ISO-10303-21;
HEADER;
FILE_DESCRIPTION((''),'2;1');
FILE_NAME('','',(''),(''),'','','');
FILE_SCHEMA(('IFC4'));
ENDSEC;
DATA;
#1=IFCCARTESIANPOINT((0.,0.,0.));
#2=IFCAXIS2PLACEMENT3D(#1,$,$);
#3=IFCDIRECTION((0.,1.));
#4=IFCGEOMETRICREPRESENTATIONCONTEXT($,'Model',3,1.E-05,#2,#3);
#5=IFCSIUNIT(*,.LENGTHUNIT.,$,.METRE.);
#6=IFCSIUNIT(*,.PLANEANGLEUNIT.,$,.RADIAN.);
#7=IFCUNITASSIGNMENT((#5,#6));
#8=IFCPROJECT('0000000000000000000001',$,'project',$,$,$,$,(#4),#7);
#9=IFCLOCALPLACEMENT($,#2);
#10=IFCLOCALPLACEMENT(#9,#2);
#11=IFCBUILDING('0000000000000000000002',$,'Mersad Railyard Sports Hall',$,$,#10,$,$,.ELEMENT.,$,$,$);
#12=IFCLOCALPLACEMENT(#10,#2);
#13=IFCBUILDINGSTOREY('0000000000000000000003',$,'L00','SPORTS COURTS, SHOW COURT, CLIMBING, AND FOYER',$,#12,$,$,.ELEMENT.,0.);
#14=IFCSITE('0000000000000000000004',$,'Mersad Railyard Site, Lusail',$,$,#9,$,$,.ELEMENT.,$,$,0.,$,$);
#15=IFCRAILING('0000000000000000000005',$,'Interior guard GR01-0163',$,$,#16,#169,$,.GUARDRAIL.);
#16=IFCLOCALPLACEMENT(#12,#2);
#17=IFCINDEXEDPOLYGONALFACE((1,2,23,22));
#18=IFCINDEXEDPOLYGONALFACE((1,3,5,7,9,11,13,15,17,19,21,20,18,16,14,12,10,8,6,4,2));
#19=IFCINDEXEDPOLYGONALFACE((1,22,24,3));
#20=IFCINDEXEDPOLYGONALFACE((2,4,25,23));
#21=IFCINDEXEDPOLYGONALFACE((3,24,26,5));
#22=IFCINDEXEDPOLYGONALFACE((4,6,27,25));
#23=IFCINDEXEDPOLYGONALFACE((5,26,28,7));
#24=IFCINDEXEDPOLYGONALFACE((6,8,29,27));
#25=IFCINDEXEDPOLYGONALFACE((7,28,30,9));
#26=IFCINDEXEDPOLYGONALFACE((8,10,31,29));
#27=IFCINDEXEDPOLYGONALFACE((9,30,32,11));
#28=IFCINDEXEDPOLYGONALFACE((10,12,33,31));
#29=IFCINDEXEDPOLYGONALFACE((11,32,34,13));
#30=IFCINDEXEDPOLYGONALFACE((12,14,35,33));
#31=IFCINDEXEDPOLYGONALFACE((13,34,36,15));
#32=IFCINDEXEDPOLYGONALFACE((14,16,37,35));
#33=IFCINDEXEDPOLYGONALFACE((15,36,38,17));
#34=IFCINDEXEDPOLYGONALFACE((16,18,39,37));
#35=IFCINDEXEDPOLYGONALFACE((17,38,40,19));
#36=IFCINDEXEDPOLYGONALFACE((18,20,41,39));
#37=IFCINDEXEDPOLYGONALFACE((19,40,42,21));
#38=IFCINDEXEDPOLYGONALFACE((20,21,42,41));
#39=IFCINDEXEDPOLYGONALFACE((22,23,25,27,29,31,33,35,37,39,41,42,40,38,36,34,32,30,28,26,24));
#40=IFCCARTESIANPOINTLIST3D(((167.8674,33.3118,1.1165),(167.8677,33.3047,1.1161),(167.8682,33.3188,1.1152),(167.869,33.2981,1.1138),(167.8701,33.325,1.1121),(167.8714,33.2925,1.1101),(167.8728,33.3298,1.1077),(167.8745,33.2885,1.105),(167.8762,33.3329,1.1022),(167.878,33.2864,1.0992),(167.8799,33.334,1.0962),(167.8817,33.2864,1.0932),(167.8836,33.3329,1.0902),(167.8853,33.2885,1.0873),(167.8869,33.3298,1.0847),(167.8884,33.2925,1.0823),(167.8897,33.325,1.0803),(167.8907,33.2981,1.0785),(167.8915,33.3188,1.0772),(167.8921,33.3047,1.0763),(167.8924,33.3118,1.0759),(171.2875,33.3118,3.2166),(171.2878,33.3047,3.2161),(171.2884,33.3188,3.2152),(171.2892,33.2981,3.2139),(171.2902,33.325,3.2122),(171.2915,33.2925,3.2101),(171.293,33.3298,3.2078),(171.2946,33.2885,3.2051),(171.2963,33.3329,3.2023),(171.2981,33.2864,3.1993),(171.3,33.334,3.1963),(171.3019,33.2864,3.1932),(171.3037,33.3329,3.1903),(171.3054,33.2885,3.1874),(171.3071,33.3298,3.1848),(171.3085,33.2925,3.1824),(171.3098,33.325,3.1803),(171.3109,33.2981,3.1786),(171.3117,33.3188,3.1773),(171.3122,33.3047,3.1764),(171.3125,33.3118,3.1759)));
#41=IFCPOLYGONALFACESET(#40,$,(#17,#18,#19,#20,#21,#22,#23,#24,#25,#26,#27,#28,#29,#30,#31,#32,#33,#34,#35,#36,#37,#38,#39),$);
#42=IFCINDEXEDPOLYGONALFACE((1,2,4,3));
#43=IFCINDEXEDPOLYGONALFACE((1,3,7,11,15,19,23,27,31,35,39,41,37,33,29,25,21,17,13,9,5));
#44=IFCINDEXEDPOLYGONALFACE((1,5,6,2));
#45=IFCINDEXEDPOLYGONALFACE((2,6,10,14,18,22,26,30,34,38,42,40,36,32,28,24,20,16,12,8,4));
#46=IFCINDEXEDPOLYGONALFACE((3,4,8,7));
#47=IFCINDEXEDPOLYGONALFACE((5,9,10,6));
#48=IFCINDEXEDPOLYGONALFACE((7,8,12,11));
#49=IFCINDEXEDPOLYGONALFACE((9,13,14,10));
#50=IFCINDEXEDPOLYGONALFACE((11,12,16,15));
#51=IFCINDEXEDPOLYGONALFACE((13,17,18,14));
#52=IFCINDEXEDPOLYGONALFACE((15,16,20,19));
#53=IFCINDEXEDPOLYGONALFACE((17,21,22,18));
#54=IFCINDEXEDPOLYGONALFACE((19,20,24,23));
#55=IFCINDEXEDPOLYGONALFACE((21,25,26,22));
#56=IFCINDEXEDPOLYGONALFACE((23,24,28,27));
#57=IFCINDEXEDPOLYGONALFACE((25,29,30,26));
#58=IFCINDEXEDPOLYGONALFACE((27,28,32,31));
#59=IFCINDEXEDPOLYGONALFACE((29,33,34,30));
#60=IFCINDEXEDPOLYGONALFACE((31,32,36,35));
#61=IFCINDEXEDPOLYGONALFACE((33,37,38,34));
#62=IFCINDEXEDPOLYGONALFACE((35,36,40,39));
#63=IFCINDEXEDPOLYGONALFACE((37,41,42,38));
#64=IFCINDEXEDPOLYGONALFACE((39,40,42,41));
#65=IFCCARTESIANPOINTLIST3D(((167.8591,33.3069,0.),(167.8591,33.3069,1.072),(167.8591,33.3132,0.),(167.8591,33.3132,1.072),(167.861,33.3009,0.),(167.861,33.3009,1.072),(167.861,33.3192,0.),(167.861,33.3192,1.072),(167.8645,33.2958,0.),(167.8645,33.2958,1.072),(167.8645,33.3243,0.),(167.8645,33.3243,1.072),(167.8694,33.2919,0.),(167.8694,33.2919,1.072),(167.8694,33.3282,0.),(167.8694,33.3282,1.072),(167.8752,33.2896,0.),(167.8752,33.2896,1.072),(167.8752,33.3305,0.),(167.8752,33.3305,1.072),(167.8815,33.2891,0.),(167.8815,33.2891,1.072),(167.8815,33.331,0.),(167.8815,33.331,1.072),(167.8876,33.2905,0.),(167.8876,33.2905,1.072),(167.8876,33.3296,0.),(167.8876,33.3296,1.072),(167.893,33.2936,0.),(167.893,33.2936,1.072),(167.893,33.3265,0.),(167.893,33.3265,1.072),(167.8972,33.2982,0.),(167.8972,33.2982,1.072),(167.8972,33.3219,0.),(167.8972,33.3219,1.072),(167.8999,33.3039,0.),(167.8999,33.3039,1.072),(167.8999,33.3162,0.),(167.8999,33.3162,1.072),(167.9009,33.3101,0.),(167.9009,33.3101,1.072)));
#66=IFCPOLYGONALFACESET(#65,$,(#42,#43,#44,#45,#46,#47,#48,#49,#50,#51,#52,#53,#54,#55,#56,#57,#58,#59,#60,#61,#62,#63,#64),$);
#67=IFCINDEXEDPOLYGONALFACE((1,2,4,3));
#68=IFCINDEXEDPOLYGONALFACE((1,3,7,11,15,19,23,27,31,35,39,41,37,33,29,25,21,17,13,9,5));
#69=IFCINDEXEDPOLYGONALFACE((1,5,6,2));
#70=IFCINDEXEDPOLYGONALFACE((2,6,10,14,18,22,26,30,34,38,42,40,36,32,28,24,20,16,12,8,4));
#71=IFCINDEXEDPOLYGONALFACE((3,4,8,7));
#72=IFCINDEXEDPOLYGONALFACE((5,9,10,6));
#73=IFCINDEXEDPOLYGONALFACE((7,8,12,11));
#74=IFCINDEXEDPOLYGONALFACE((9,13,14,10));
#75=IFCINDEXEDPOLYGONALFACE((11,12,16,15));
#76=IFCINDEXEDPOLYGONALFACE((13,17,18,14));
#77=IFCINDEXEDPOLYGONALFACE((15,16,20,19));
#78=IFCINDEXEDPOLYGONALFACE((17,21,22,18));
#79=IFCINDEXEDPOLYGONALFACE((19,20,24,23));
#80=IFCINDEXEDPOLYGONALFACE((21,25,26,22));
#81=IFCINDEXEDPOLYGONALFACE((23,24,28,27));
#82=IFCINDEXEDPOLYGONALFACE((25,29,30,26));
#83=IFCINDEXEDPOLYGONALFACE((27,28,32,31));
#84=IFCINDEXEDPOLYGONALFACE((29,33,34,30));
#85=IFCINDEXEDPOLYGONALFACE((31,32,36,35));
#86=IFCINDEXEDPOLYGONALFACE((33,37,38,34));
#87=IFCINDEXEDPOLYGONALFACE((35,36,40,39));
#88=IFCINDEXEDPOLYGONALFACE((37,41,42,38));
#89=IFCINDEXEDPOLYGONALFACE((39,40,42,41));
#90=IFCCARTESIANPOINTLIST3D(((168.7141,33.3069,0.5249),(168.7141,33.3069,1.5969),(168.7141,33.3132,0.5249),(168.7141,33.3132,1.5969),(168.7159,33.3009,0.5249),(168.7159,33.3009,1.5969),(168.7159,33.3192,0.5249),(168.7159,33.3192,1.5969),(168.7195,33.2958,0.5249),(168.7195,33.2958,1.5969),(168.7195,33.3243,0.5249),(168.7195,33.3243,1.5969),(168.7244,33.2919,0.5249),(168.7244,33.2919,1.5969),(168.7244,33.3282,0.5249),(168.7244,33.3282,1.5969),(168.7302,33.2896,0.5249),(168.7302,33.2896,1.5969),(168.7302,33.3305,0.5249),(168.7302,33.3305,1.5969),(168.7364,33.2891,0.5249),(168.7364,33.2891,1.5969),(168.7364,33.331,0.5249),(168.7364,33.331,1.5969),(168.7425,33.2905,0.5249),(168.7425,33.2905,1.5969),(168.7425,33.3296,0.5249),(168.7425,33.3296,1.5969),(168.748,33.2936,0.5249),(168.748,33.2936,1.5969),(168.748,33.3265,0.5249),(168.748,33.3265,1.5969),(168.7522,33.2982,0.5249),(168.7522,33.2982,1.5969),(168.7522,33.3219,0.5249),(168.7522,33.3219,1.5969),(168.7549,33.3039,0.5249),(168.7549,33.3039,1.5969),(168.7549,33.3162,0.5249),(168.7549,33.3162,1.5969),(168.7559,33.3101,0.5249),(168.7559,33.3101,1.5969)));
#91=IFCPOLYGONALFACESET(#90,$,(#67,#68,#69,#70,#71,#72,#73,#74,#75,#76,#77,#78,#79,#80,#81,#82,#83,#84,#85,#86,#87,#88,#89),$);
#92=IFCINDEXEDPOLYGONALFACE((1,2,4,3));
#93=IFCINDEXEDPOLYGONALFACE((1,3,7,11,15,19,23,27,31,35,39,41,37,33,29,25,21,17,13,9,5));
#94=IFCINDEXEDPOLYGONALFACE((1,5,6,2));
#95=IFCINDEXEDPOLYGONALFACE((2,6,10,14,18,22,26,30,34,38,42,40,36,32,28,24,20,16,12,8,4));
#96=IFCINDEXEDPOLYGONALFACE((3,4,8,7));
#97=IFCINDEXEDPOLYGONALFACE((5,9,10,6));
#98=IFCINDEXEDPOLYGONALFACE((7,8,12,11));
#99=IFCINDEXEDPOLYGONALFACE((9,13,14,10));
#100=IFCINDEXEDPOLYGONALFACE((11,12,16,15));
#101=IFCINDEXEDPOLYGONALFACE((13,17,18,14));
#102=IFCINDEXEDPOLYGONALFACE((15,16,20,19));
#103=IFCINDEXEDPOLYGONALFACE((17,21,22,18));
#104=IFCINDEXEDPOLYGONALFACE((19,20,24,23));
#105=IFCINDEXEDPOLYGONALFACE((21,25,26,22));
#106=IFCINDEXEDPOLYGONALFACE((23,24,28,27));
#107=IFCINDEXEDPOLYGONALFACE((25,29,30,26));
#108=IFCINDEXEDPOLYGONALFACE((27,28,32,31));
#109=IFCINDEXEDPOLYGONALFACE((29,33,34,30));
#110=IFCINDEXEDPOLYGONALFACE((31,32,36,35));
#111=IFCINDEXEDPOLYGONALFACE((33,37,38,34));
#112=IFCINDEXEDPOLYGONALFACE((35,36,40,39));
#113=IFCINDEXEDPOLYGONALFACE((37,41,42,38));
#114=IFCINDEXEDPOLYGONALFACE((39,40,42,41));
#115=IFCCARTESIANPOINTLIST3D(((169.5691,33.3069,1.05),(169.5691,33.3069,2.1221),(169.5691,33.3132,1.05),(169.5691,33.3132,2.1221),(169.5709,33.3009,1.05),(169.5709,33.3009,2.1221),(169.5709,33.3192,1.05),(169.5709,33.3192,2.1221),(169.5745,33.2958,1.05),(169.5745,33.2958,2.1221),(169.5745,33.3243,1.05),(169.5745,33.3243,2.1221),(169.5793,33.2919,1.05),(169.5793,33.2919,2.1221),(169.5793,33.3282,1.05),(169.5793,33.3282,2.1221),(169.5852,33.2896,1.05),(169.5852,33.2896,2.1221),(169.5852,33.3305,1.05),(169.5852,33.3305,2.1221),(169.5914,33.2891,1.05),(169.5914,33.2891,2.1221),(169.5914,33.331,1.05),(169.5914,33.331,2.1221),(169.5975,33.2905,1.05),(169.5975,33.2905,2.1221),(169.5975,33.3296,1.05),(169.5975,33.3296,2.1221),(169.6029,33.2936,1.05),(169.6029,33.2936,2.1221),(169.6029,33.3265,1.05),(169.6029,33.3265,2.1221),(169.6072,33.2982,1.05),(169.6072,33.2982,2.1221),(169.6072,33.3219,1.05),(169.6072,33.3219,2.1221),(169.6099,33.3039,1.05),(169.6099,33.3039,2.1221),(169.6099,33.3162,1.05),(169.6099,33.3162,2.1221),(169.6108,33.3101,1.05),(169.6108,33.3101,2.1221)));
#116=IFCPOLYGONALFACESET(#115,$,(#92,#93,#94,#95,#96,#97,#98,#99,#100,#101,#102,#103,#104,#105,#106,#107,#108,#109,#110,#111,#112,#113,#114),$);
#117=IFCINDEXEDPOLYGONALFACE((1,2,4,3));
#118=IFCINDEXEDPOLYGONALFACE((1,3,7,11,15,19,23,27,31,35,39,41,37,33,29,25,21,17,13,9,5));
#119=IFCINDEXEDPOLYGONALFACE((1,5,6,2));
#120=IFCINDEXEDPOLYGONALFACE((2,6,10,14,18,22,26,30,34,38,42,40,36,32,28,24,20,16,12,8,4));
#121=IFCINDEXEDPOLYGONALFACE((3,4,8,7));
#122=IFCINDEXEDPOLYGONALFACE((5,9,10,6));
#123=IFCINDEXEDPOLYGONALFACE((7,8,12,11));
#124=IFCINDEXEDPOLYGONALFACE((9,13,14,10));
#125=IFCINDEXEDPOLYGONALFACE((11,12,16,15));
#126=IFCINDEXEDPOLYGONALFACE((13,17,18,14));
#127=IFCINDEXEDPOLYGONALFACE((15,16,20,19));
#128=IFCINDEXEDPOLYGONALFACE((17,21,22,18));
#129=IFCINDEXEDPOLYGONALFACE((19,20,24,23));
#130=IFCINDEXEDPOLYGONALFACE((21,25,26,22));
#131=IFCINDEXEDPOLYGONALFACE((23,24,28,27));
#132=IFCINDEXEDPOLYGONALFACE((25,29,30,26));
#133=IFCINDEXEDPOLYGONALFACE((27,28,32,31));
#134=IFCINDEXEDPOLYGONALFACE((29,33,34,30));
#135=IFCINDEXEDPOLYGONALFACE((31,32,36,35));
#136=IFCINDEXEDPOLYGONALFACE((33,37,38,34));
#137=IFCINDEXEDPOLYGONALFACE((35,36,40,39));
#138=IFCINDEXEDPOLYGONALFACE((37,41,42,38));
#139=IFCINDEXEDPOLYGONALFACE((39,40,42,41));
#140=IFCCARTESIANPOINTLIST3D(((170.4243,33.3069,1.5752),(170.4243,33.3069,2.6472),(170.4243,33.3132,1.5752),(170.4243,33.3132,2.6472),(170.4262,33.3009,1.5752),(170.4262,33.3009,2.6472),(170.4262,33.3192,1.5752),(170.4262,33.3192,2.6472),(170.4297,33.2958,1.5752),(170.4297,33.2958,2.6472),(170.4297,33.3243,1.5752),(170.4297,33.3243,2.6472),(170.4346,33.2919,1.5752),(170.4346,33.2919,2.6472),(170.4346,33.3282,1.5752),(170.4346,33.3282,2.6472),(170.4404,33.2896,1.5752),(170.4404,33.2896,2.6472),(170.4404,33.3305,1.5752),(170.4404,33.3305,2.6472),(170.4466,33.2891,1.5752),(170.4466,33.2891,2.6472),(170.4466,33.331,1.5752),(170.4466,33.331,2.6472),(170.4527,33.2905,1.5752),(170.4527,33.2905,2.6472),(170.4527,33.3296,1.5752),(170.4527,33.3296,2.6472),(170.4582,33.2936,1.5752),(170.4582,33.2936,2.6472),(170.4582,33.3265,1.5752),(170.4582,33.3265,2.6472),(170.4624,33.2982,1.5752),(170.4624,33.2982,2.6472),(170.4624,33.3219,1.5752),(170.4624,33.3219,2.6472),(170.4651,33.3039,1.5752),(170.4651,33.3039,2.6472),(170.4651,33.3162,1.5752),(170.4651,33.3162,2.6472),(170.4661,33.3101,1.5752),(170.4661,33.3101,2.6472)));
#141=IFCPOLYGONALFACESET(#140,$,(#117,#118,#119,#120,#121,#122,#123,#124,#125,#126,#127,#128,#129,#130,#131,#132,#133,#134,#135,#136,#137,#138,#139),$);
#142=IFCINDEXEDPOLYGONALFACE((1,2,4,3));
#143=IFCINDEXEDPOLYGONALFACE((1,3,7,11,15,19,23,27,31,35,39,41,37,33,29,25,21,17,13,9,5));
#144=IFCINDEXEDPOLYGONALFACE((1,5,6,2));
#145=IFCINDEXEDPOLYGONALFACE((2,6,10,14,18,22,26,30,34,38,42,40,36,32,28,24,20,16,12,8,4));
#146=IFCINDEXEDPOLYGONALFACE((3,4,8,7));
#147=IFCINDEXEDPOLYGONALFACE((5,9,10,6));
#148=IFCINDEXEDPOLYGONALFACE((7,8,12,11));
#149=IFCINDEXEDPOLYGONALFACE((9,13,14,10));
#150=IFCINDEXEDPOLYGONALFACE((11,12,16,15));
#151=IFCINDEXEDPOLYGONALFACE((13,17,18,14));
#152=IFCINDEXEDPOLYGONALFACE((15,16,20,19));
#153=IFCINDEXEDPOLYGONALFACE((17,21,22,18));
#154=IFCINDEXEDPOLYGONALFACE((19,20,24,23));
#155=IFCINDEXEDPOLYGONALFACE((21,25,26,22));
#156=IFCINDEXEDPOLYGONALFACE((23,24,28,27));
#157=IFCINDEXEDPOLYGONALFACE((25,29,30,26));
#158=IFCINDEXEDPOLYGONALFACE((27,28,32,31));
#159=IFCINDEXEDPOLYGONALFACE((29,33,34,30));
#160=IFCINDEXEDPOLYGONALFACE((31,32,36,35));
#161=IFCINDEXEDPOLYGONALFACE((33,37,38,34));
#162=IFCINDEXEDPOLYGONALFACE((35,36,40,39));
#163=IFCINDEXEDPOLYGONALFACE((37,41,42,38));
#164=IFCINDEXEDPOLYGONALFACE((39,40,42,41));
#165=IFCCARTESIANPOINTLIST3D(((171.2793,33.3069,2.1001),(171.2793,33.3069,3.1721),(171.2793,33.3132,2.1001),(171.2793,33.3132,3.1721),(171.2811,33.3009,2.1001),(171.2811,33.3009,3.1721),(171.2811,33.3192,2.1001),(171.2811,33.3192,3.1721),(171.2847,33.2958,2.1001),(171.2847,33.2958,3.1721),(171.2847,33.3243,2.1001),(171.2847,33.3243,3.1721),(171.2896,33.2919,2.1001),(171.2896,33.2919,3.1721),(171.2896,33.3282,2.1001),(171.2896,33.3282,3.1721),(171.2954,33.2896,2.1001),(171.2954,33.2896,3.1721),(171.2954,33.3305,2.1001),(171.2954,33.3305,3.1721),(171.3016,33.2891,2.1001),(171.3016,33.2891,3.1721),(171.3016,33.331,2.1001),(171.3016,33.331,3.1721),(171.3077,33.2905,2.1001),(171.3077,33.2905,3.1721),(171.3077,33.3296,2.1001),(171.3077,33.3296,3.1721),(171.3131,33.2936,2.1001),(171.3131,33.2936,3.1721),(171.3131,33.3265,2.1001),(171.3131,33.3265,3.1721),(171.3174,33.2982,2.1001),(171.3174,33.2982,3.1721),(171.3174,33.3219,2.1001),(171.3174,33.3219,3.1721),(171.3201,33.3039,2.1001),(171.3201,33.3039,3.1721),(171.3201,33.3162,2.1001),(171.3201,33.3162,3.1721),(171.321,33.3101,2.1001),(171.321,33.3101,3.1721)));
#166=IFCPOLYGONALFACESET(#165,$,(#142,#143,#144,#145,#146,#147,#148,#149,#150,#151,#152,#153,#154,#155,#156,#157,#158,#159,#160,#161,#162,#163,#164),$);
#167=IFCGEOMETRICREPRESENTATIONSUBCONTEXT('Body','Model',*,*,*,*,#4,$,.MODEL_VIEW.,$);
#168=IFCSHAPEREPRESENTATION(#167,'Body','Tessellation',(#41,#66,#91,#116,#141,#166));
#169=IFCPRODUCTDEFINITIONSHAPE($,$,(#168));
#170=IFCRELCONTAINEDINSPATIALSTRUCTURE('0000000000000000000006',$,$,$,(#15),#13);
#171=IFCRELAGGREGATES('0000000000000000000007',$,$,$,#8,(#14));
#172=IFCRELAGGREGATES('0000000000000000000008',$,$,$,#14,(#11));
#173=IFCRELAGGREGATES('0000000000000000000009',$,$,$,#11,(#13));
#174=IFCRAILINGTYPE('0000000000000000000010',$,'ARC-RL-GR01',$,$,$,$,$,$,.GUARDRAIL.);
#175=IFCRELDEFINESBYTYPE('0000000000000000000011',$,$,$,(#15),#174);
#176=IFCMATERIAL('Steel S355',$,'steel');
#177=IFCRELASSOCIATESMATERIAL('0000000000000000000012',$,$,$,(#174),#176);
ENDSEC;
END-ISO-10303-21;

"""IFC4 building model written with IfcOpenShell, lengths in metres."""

from ifc_helpers import new_model, si_unit, direction, frame, origin, origin_2d, place, context, subcontext, project, spatial, circle, extrude, material, type_object, element, save


model = new_model("IFC4")

# Units and contexts
model_context = context("Model", 3, precision=1e-05, world=origin(), true_north=direction((0.0, 1.0)))
body_context = subcontext(model_context, "Body", "Model", "MODEL_VIEW")
ifc_project = project(units=[si_unit("LENGTHUNIT", "METRE"), si_unit("PLANEANGLEUNIT", "RADIAN")], contexts=[model_context])

# Site, building, storey
site_placement = place(None, origin())
site = spatial("IfcSite", under=ifc_project, at=site_placement, Name="Mersad Railyard Site, Lusail", CompositionType="ELEMENT", RefElevation=0.0)
building_placement = place(site_placement, origin())
building = spatial("IfcBuilding", under=site, at=building_placement, Name="Mersad Railyard Sports Hall", CompositionType="ELEMENT")
storey_placement = place(building_placement, origin())
storey = spatial("IfcBuildingStorey", under=building, at=storey_placement, Name="L00", Description="SPORTS COURTS, SHOW COURT, CLIMBING, AND FOYER", CompositionType="ELEMENT", Elevation=0.0)

# Shared definitions
ifc_material_1 = material(Name="Steel S355", Category="steel")

# Railing
railing_type = type_object("IfcRailingType", Name="ARC-RL-GR01", PredefinedType="GUARDRAIL", material=ifc_material_1)
for number, where, name in (
    (1, (167.8799, 33.3101, 0.0), "Interior guard GR01-0163"),
):
    element("IfcRailing", number, at=place(storey_placement, frame(where)), inside=storey, type_object=railing_type, Name=name, PredefinedType="GUARDRAIL", context=body_context, shape_type="SweptSolid", body=[
        extrude(circle(Radius=0.0239, at=origin_2d()), frame((0.0, 0.0, 1.0962), z_axis=(0.852172, 0.0, 0.523262), x_axis=(0.0, 1.0, 0.0)), (0.0, 0.0, 1.0), 4.0134),
        extrude(circle(Radius=0.021, at=origin_2d()), origin(), (0.0, 0.0, 1.0), 1.072),
        extrude(circle(Radius=0.021, at=origin_2d()), frame((0.855, 0.0, 0.5249)), (0.0, 0.0, 1.0), 1.072),
        extrude(circle(Radius=0.021, at=origin_2d()), frame((1.71, 0.0, 1.05)), (0.0, 0.0, 1.0), 1.072),
        extrude(circle(Radius=0.021, at=origin_2d()), frame((2.5652, 0.0, 1.5752)), (0.0, 0.0, 1.0), 1.072),
        extrude(circle(Radius=0.021, at=origin_2d()), frame((3.4202, 0.0, 2.1001)), (0.0, 0.0, 1.0), 1.072),
    ])

save(model, "model.ifc")
